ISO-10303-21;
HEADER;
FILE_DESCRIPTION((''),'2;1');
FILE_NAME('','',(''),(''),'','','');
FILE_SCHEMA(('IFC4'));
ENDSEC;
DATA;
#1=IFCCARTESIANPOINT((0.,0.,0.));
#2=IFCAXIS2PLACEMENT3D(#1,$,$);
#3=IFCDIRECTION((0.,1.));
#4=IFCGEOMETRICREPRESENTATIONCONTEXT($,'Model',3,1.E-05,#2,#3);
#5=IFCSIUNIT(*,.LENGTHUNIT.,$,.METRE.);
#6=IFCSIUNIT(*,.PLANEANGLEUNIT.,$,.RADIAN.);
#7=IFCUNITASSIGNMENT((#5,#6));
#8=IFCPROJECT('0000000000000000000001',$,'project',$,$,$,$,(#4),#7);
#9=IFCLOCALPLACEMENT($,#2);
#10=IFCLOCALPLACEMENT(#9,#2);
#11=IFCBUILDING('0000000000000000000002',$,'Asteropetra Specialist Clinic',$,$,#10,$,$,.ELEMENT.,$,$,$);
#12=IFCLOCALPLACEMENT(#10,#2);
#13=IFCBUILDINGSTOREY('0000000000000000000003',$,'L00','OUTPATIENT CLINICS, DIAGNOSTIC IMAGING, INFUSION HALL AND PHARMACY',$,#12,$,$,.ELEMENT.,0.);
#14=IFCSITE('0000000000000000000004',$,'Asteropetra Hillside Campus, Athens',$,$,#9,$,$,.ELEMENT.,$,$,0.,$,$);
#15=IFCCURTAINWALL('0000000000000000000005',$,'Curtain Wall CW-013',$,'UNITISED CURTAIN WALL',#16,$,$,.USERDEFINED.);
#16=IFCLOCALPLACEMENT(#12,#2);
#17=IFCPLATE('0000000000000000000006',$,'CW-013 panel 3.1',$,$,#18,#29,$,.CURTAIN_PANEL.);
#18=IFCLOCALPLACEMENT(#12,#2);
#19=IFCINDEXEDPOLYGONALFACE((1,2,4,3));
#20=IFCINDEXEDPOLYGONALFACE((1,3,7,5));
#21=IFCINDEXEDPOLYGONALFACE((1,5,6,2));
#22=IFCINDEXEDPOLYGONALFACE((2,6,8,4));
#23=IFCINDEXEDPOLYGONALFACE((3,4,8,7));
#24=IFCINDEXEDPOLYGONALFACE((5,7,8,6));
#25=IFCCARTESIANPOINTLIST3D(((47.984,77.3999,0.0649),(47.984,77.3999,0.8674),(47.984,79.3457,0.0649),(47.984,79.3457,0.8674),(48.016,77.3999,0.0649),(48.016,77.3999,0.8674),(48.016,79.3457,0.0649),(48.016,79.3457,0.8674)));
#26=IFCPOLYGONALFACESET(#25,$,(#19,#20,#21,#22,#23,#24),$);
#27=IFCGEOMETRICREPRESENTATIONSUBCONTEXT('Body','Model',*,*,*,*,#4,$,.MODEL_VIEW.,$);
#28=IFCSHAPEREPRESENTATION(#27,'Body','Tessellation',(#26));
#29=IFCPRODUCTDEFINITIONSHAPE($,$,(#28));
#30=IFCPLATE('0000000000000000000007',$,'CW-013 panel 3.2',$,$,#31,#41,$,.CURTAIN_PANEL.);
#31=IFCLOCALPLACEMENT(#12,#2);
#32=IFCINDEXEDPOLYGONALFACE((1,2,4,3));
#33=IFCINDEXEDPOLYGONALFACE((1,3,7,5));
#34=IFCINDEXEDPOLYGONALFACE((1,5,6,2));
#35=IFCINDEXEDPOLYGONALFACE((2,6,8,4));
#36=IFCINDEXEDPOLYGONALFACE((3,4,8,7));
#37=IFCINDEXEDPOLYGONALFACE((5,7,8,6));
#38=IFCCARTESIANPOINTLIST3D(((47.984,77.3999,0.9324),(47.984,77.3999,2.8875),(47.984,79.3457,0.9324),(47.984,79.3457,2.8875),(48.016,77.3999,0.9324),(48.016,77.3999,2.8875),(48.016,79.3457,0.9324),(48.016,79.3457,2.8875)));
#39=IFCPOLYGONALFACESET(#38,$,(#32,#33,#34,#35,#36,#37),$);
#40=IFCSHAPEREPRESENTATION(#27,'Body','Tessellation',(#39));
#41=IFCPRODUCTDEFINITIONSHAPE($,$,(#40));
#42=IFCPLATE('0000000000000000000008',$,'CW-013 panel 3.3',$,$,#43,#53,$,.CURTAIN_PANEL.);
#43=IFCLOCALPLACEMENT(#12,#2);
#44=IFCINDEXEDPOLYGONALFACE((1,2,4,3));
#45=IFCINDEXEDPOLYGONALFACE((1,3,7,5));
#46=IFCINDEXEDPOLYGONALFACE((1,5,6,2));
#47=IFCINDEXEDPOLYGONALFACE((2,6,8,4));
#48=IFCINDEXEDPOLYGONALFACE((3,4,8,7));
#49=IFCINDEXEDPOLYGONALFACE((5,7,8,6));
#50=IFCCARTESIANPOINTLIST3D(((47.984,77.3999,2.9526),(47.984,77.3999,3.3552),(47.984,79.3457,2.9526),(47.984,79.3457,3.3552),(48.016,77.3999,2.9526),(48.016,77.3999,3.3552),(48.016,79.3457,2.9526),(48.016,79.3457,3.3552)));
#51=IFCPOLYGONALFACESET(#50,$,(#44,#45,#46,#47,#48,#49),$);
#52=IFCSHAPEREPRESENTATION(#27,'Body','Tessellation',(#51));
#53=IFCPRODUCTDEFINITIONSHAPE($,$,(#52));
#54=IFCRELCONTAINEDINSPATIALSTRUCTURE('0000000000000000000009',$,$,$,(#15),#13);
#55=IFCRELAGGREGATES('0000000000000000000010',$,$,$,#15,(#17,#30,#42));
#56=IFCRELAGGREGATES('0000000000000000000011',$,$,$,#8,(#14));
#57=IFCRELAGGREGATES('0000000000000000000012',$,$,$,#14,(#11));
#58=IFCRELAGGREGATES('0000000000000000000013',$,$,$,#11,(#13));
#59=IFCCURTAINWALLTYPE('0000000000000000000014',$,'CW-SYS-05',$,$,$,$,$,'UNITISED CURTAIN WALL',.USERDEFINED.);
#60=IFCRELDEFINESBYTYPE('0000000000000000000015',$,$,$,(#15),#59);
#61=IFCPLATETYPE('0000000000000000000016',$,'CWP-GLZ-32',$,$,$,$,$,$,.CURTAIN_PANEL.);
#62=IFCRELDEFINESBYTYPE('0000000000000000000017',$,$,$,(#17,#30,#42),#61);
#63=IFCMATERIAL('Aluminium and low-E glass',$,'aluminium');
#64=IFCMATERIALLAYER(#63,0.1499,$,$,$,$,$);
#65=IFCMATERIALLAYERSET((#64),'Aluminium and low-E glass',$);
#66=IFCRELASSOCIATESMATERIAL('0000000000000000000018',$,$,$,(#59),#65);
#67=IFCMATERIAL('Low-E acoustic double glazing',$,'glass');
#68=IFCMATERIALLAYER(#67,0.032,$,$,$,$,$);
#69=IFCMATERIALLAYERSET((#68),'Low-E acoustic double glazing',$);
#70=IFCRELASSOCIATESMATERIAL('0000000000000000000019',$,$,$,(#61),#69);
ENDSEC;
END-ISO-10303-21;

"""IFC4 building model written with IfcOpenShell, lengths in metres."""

from ifc_helpers import new_model, si_unit, direction, frame, origin, origin_2d, place, context, subcontext, project, spatial, rectangle, extrude, material, layer, layer_set, type_object, element, aggregate, save


model = new_model("IFC4")

# Units and contexts
model_context = context("Model", 3, precision=1e-05, world=origin(), true_north=direction((0.0, 1.0)))
body_context = subcontext(model_context, "Body", "Model", "MODEL_VIEW")
ifc_project = project(units=[si_unit("LENGTHUNIT", "METRE"), si_unit("PLANEANGLEUNIT", "RADIAN")], contexts=[model_context])

# Site, building, storey
site_placement = place(None, origin())
site = spatial("IfcSite", under=ifc_project, at=site_placement, Name="Asteropetra Hillside Campus, Athens", CompositionType="ELEMENT", RefElevation=0.0)
building_placement = place(site_placement, origin())
building = spatial("IfcBuilding", under=site, at=building_placement, Name="Asteropetra Specialist Clinic", CompositionType="ELEMENT")
storey_placement = place(building_placement, origin())
storey = spatial("IfcBuildingStorey", under=building, at=storey_placement, Name="L00", Description="OUTPATIENT CLINICS, DIAGNOSTIC IMAGING, INFUSION HALL AND PHARMACY", CompositionType="ELEMENT", Elevation=0.0)

# Curtain wall, plates
ifc_material_1 = material(Name="Aluminium and low-E glass", Category="aluminium")
ifc_layer_1 = layer(ifc_material_1, 0.1499)
ifc_layer_set_1 = layer_set([ifc_layer_1], Name="Aluminium and low-E glass")
curtain_wall_type = type_object("IfcCurtainWallType", Name="CW-SYS-05", ElementType="UNITISED CURTAIN WALL", PredefinedType="USERDEFINED", material=ifc_layer_set_1)
curtain_wall_placement = place(storey_placement, origin())
curtain_wall = element("IfcCurtainWall", 1, at=curtain_wall_placement, inside=storey, type_object=curtain_wall_type, Name="Curtain Wall CW-013", ObjectType="UNITISED CURTAIN WALL", PredefinedType="USERDEFINED")
ifc_material_2 = material(Name="Low-E acoustic double glazing", Category="glass")
ifc_layer_2 = layer(ifc_material_2, 0.032)
ifc_layer_set_2 = layer_set([ifc_layer_2], Name="Low-E acoustic double glazing")
plate_type = type_object("IfcPlateType", Name="CWP-GLZ-32", PredefinedType="CURTAIN_PANEL", material=ifc_layer_set_2)
plate_1_placement = place(storey_placement, frame((48.0, 78.3728, 0.0649), z_axis=(0.0, 0.0, 1.0), x_axis=(0.0, -1.0, 0.0)))
plate_1 = element("IfcPlate", 2, at=plate_1_placement, type_object=plate_type, Name="CW-013 panel 3.1", PredefinedType="CURTAIN_PANEL", context=body_context, shape_type="SweptSolid", body=[
    extrude(rectangle(XDim=1.9458, YDim=0.032, at=origin_2d()), origin(), (0.0, 0.0, 1.0), 0.8025),
])
plate_2_placement = place(storey_placement, frame((48.0, 78.3728, 0.9324), z_axis=(0.0, 0.0, 1.0), x_axis=(0.0, -1.0, 0.0)))
plate_2 = element("IfcPlate", 3, at=plate_2_placement, type_object=plate_type, Name="CW-013 panel 3.2", PredefinedType="CURTAIN_PANEL", context=body_context, shape_type="SweptSolid", body=[
    extrude(rectangle(XDim=1.9458, YDim=0.032, at=origin_2d()), origin(), (0.0, 0.0, 1.0), 1.9551),
])
plate_3_placement = place(storey_placement, frame((48.0, 78.3728, 2.9526), z_axis=(0.0, 0.0, 1.0), x_axis=(0.0, -1.0, 0.0)))
plate_3 = element("IfcPlate", 4, at=plate_3_placement, type_object=plate_type, Name="CW-013 panel 3.3", PredefinedType="CURTAIN_PANEL", context=body_context, shape_type="SweptSolid", body=[
    extrude(rectangle(XDim=1.9458, YDim=0.032, at=origin_2d()), origin(), (0.0, 0.0, 1.0), 0.4026),
])
aggregate(curtain_wall, [plate_1, plate_2, plate_3])

save(model, "model.ifc")
